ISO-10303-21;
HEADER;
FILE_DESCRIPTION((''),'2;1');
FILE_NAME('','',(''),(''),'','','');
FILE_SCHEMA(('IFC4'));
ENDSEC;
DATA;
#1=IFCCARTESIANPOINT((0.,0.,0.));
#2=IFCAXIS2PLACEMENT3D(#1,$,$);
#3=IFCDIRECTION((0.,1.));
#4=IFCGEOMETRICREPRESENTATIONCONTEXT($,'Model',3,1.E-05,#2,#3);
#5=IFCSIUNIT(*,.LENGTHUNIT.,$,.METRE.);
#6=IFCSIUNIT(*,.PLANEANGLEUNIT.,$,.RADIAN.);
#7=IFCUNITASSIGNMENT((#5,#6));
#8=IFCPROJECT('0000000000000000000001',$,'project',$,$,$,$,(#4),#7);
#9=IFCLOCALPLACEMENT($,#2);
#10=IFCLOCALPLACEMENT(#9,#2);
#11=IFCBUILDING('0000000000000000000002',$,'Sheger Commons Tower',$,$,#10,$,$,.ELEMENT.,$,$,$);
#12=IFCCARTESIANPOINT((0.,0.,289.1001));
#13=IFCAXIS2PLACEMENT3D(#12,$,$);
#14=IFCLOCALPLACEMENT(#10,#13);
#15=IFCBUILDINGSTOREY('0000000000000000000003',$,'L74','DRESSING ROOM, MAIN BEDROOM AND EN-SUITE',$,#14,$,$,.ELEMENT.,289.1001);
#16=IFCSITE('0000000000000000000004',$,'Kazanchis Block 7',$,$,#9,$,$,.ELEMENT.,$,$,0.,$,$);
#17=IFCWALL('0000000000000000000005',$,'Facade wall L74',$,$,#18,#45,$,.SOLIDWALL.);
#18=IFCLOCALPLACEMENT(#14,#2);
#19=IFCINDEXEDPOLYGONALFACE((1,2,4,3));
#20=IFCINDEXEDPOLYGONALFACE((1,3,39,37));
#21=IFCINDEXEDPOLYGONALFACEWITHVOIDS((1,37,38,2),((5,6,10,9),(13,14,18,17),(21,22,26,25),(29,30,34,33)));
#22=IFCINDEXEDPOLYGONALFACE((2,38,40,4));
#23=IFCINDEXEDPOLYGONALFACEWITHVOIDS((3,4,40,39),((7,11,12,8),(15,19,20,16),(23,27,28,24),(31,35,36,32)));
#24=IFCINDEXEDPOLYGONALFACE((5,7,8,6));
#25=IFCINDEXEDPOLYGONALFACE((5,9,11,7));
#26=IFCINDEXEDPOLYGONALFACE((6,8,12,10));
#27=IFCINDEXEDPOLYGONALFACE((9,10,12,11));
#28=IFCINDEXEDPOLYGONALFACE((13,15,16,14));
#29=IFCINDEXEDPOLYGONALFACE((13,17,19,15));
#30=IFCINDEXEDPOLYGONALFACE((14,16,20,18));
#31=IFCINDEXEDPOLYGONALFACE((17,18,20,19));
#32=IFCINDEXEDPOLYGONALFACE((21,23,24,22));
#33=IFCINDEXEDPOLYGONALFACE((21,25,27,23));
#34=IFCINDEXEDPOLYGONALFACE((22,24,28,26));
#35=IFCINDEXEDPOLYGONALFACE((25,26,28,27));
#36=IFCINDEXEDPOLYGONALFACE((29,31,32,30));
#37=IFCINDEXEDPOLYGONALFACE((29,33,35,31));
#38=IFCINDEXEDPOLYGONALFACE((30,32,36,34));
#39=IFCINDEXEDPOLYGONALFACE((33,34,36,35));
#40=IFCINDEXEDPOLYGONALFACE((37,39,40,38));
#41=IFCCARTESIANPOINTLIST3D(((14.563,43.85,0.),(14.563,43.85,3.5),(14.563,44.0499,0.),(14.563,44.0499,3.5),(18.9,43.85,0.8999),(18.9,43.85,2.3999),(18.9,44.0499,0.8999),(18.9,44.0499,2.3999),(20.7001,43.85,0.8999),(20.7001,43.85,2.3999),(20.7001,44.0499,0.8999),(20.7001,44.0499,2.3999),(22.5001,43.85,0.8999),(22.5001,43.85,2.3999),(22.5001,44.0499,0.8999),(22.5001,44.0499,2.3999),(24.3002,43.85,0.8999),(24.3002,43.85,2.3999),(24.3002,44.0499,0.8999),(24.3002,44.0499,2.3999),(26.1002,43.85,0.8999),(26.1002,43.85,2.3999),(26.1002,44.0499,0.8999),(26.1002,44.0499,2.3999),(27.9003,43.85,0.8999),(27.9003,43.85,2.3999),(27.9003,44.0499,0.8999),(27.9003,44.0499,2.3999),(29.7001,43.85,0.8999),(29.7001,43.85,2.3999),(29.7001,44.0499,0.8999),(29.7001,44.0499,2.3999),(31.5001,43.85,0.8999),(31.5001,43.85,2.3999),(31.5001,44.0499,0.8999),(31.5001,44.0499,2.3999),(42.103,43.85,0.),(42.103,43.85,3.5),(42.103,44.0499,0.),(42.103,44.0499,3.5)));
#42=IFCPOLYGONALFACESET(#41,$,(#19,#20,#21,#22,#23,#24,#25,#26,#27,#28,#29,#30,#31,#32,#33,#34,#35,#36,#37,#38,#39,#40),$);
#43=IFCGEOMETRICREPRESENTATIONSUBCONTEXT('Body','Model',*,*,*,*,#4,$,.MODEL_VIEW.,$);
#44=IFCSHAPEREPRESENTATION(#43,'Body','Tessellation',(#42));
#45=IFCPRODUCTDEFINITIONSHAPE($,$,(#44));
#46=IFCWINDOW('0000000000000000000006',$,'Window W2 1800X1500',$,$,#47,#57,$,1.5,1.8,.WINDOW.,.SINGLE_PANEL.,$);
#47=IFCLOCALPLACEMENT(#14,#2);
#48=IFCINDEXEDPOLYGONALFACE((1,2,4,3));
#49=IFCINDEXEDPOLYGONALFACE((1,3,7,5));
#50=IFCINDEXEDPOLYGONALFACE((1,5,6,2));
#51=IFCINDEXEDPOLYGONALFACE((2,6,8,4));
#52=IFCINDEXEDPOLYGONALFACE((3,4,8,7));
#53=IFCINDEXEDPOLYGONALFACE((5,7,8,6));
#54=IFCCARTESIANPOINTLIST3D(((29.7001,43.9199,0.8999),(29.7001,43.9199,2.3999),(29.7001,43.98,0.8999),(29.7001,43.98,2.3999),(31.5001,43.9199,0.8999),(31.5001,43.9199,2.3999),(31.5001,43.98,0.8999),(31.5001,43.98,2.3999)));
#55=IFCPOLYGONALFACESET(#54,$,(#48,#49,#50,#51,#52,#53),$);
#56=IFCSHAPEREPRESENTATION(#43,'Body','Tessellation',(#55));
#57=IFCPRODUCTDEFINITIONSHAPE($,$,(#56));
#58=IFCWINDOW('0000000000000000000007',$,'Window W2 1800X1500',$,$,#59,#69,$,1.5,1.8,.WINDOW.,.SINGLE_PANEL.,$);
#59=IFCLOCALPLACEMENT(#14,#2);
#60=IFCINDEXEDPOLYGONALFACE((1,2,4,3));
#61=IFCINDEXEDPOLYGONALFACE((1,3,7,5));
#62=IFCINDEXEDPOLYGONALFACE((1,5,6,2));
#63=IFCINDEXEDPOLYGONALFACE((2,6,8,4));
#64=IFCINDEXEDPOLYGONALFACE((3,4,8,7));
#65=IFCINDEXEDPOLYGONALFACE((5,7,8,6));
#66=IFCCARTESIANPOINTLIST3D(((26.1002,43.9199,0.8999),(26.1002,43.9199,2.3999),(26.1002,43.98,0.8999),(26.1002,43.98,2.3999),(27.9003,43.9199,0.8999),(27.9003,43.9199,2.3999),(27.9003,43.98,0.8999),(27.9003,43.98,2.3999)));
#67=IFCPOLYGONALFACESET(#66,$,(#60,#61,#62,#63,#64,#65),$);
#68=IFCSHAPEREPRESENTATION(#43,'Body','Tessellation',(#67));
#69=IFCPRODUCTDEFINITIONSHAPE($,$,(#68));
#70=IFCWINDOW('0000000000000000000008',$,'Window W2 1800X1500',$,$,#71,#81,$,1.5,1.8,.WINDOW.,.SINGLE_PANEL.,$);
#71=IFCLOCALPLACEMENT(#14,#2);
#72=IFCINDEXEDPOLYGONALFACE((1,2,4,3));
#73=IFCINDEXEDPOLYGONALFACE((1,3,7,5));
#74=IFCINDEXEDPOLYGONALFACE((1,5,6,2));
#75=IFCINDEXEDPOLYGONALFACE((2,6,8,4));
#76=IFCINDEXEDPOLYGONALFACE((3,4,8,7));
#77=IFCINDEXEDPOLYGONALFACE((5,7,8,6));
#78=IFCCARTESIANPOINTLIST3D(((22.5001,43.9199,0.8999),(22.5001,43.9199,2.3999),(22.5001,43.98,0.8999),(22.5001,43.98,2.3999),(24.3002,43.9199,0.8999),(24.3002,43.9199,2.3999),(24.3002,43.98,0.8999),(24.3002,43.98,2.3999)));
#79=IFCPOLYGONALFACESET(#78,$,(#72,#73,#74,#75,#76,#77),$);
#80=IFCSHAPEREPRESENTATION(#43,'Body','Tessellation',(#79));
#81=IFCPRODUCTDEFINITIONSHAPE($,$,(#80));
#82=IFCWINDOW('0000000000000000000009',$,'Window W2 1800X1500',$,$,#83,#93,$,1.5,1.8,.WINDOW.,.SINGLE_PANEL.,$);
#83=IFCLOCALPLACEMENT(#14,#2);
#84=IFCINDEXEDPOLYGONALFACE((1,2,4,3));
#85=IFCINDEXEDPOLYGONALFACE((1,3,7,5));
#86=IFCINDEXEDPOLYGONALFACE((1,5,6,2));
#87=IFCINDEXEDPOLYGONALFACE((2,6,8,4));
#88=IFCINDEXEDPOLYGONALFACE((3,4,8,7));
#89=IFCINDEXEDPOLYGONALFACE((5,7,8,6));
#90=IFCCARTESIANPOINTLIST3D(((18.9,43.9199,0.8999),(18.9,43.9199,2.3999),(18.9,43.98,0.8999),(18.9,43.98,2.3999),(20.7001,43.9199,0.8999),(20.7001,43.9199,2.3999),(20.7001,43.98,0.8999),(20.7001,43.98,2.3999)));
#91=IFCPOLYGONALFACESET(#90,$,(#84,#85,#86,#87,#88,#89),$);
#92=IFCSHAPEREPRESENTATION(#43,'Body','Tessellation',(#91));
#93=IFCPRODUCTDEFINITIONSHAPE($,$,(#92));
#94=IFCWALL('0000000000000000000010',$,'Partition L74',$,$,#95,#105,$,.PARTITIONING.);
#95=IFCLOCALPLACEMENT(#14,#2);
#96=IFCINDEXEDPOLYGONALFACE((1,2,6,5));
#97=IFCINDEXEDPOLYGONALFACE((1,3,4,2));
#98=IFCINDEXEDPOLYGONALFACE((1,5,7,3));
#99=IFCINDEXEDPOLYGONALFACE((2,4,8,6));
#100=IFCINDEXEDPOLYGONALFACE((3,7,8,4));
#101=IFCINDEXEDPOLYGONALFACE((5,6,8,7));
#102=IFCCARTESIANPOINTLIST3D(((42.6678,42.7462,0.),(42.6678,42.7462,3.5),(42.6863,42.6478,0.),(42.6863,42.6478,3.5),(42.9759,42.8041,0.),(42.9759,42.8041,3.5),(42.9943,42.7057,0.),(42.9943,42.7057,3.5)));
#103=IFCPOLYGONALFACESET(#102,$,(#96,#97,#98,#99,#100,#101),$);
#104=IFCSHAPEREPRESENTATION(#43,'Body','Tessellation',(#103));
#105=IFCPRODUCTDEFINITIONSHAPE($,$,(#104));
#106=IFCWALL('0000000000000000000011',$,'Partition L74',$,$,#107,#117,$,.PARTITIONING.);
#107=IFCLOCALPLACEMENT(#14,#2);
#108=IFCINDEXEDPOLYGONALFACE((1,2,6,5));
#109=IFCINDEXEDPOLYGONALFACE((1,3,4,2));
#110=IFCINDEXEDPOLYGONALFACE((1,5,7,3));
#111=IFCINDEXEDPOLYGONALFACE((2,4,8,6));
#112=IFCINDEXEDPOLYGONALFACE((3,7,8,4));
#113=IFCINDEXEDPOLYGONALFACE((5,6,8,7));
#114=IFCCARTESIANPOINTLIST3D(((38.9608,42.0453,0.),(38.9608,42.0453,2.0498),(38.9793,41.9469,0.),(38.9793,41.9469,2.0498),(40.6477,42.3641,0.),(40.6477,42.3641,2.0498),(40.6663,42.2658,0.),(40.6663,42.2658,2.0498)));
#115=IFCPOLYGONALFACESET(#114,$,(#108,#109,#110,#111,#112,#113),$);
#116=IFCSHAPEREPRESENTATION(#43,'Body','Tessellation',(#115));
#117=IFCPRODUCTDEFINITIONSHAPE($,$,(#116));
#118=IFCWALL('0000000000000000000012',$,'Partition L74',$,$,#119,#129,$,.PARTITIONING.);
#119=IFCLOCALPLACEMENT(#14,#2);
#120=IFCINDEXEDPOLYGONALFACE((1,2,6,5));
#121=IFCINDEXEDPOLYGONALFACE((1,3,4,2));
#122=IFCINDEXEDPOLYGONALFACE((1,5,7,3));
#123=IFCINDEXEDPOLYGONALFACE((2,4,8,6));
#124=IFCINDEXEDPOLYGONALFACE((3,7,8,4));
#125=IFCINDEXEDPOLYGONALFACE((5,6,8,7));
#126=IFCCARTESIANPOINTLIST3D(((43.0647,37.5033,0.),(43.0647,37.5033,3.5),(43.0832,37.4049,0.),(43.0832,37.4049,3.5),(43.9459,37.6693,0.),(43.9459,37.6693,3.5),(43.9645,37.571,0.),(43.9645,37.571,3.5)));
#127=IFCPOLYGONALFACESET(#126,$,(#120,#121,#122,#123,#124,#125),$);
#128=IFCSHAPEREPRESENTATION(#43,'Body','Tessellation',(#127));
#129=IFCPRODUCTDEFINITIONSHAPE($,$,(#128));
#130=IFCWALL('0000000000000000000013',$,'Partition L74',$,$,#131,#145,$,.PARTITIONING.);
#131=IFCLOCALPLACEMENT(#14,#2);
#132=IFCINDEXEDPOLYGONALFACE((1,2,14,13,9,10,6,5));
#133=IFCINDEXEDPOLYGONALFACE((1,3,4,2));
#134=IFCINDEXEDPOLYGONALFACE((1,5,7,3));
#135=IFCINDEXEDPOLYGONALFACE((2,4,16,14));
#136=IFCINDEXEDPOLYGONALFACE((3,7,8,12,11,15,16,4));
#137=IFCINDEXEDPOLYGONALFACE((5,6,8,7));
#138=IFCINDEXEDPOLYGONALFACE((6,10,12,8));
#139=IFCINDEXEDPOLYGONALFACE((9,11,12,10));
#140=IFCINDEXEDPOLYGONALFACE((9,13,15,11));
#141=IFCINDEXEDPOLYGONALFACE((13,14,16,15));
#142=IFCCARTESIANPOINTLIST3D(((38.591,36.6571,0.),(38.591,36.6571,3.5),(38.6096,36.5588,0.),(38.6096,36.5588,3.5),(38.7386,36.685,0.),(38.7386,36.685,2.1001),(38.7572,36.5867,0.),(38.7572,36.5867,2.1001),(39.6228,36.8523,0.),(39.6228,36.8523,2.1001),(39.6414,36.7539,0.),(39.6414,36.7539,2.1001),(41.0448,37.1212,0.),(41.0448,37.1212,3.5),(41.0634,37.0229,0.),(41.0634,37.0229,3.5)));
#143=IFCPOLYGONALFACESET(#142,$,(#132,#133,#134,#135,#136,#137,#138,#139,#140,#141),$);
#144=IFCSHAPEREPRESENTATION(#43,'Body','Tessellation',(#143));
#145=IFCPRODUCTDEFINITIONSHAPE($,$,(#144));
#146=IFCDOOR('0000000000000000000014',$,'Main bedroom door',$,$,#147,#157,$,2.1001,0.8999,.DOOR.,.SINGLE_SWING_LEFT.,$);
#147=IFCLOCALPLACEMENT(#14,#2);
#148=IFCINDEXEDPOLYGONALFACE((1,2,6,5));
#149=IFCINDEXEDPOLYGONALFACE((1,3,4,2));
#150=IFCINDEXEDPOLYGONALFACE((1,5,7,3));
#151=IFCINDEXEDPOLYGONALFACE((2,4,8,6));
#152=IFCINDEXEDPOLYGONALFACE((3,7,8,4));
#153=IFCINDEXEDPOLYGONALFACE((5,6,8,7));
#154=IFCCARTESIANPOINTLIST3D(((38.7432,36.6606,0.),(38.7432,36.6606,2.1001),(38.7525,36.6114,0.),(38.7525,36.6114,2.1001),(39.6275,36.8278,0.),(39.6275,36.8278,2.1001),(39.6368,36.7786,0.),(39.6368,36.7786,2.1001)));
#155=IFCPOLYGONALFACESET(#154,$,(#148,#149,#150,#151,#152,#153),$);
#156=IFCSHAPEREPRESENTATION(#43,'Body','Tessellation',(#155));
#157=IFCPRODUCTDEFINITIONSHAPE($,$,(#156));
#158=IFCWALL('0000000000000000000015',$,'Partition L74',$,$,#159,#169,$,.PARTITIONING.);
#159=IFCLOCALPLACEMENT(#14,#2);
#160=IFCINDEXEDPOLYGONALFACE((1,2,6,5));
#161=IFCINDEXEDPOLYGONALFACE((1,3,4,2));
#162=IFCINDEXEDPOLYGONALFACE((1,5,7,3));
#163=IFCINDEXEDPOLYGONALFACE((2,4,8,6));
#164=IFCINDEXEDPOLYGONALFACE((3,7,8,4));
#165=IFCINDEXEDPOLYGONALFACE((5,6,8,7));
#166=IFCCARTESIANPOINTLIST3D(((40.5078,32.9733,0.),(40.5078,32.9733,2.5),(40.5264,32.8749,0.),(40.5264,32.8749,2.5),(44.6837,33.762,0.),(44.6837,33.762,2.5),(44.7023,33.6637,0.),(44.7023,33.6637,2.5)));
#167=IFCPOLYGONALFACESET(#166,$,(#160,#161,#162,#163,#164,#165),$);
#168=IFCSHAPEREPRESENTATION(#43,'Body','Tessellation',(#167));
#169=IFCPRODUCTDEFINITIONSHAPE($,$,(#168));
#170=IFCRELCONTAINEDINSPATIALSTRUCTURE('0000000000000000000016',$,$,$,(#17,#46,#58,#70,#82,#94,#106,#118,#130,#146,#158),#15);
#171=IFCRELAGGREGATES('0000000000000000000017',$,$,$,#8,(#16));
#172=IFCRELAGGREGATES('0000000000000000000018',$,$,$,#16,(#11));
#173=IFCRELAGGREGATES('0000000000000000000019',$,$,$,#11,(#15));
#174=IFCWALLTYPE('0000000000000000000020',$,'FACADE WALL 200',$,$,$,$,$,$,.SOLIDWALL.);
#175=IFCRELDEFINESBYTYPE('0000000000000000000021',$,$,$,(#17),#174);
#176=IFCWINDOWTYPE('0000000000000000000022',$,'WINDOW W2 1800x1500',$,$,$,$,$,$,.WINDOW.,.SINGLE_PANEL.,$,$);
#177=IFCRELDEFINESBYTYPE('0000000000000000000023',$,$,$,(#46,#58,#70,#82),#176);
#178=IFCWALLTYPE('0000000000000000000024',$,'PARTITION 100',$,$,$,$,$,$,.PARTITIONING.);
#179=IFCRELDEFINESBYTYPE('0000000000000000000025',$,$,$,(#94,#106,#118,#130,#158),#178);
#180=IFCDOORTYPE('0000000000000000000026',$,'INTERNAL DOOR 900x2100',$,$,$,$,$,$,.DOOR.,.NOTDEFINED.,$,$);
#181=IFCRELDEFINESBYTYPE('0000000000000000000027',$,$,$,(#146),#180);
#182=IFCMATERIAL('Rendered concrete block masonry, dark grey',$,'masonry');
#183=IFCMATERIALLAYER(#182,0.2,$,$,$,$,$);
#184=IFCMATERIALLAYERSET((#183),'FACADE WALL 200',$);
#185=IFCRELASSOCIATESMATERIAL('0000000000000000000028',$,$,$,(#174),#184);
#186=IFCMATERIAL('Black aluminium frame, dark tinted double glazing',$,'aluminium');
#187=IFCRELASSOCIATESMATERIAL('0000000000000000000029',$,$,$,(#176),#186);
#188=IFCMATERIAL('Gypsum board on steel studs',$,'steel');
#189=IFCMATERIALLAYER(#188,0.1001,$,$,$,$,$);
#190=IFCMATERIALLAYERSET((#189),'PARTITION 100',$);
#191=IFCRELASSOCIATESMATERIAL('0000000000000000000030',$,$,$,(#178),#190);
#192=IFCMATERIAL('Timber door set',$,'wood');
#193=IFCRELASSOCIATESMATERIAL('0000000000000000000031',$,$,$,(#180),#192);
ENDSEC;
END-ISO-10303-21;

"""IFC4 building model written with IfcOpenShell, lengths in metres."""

from ifc_helpers import new_model, si_unit, direction, frame, frame_2d, origin, place, context, subcontext, project, spatial, rectangle, extrude, material, layer, layer_set, type_object, element, fill, save


model = new_model("IFC4")

# Units and contexts
model_context = context("Model", 3, precision=1e-05, world=origin(), true_north=direction((0.0, 1.0)))
body_context = subcontext(model_context, "Body", "Model", "MODEL_VIEW")
ifc_project = project(units=[si_unit("LENGTHUNIT", "METRE"), si_unit("PLANEANGLEUNIT", "RADIAN")], contexts=[model_context])

# Site, building, storey
site_placement = place(None, origin())
site = spatial("IfcSite", under=ifc_project, at=site_placement, Name="Kazanchis Block 7", CompositionType="ELEMENT", RefElevation=0.0)
building_placement = place(site_placement, origin())
building = spatial("IfcBuilding", under=site, at=building_placement, Name="Sheger Commons Tower", CompositionType="ELEMENT")
storey_placement = place(building_placement, frame((0.0, 0.0, 289.1001)))
storey = spatial("IfcBuildingStorey", under=building, at=storey_placement, Name="L74", Description="DRESSING ROOM, MAIN BEDROOM AND EN-SUITE", CompositionType="ELEMENT", Elevation=289.1001)

# Shared definitions
ifc_material_1 = material(Name="Rendered concrete block masonry, dark grey", Category="masonry")
ifc_layer_1 = layer(ifc_material_1, 0.2)
ifc_layer_set_1 = layer_set([ifc_layer_1], Name="FACADE WALL 200")
wall_type_1 = type_object("IfcWallType", Name="FACADE WALL 200", PredefinedType="SOLIDWALL", material=ifc_layer_set_1)

# Wall, openings, windows
wall_1_placement = place(storey_placement, frame((42.103, 43.95, 0.0), z_axis=(0.0, 0.0, 1.0), x_axis=(-1.0, 0.0, 0.0)))
wall_1 = element("IfcWall", 1, at=wall_1_placement, inside=storey, type_object=wall_type_1, Name="Facade wall L74", PredefinedType="SOLIDWALL", context=body_context, shape_type="SweptSolid", body=[
    extrude(rectangle(XDim=27.54, YDim=0.2, at=frame_2d((13.77, 0.0))), origin(), (0.0, 0.0, 1.0), 3.5),
])
opening_1_placement = place(wall_1_placement, frame((10.603, 0.0, 0.8999)))
opening_1 = element("IfcOpeningElement", 2, at=opening_1_placement, cuts=wall_1, PredefinedType="OPENING", context=body_context, shape_type="SweptSolid", body=[
    extrude(rectangle(XDim=1.8, YDim=1.5, at=frame_2d((0.8999, 0.75))), frame((0.0, 0.1099, 0.0), z_axis=(0.0, -1.0, 0.0), x_axis=(1.0, 0.0, 0.0)), (0.0, 0.0, 1.0), 0.22),
])
opening_2_placement = place(wall_1_placement, frame((14.2029, 0.0, 0.8999)))
opening_2 = element("IfcOpeningElement", 3, at=opening_2_placement, cuts=wall_1, PredefinedType="OPENING", context=body_context, shape_type="SweptSolid", body=[
    extrude(rectangle(XDim=1.8, YDim=1.5, at=frame_2d((0.8999, 0.75))), frame((0.0, 0.1099, 0.0), z_axis=(0.0, -1.0, 0.0), x_axis=(1.0, 0.0, 0.0)), (0.0, 0.0, 1.0), 0.22),
])
opening_3_placement = place(wall_1_placement, frame((17.803, 0.0, 0.8999)))
opening_3 = element("IfcOpeningElement", 4, at=opening_3_placement, cuts=wall_1, PredefinedType="OPENING", context=body_context, shape_type="SweptSolid", body=[
    extrude(rectangle(XDim=1.8, YDim=1.5, at=frame_2d((0.8999, 0.75))), frame((0.0, 0.1099, 0.0), z_axis=(0.0, -1.0, 0.0), x_axis=(1.0, 0.0, 0.0)), (0.0, 0.0, 1.0), 0.22),
])
opening_4_placement = place(wall_1_placement, frame((21.4031, 0.0, 0.8999)))
opening_4 = element("IfcOpeningElement", 5, at=opening_4_placement, cuts=wall_1, PredefinedType="OPENING", context=body_context, shape_type="SweptSolid", body=[
    extrude(rectangle(XDim=1.8, YDim=1.5, at=frame_2d((0.8999, 0.75))), frame((0.0, 0.1099, 0.0), z_axis=(0.0, -1.0, 0.0), x_axis=(1.0, 0.0, 0.0)), (0.0, 0.0, 1.0), 0.22),
])
ifc_material_2 = material(Name="Black aluminium frame, dark tinted double glazing", Category="aluminium")
window_type = type_object("IfcWindowType", Name="WINDOW W2 1800x1500", PartitioningType="SINGLE_PANEL", PredefinedType="WINDOW", material=ifc_material_2)
window_1_placement = place(opening_1_placement, origin())
window_1 = element("IfcWindow", 6, at=window_1_placement, inside=storey, type_object=window_type, Name="Window W2 1800X1500", OverallHeight=1.5, OverallWidth=1.8, PartitioningType="SINGLE_PANEL", PredefinedType="WINDOW", context=body_context, shape_type="SweptSolid", body=[
    extrude(rectangle(XDim=1.8, YDim=1.5, at=frame_2d((0.8999, 0.75))), frame((0.0, 0.03, 0.0), z_axis=(0.0, -1.0, 0.0), x_axis=(1.0, 0.0, 0.0)), (0.0, 0.0, 1.0), 0.0601),
])
fill(opening_1, window_1)
window_2_placement = place(opening_2_placement, origin())
window_2 = element("IfcWindow", 7, at=window_2_placement, inside=storey, type_object=window_type, Name="Window W2 1800X1500", OverallHeight=1.5, OverallWidth=1.8, PartitioningType="SINGLE_PANEL", PredefinedType="WINDOW", context=body_context, shape_type="SweptSolid", body=[
    extrude(rectangle(XDim=1.8, YDim=1.5, at=frame_2d((0.8999, 0.75))), frame((0.0, 0.03, 0.0), z_axis=(0.0, -1.0, 0.0), x_axis=(1.0, 0.0, 0.0)), (0.0, 0.0, 1.0), 0.0601),
])
fill(opening_2, window_2)
window_3_placement = place(opening_3_placement, origin())
window_3 = element("IfcWindow", 8, at=window_3_placement, inside=storey, type_object=window_type, Name="Window W2 1800X1500", OverallHeight=1.5, OverallWidth=1.8, PartitioningType="SINGLE_PANEL", PredefinedType="WINDOW", context=body_context, shape_type="SweptSolid", body=[
    extrude(rectangle(XDim=1.8, YDim=1.5, at=frame_2d((0.8999, 0.75))), frame((0.0, 0.03, 0.0), z_axis=(0.0, -1.0, 0.0), x_axis=(1.0, 0.0, 0.0)), (0.0, 0.0, 1.0), 0.0601),
])
fill(opening_3, window_3)
window_4_placement = place(opening_4_placement, origin())
window_4 = element("IfcWindow", 9, at=window_4_placement, inside=storey, type_object=window_type, Name="Window W2 1800X1500", OverallHeight=1.5, OverallWidth=1.8, PartitioningType="SINGLE_PANEL", PredefinedType="WINDOW", context=body_context, shape_type="SweptSolid", body=[
    extrude(rectangle(XDim=1.8, YDim=1.5, at=frame_2d((0.8999, 0.75))), frame((0.0, 0.03, 0.0), z_axis=(0.0, -1.0, 0.0), x_axis=(1.0, 0.0, 0.0)), (0.0, 0.0, 1.0), 0.0601),
])
fill(opening_4, window_4)

# Walls
ifc_material_3 = material(Name="Gypsum board on steel studs", Category="steel")
ifc_layer_2 = layer(ifc_material_3, 0.1001)
ifc_layer_set_2 = layer_set([ifc_layer_2], Name="PARTITION 100")
wall_type_2 = type_object("IfcWallType", Name="PARTITION 100", PredefinedType="PARTITIONING", material=ifc_layer_set_2)
wall_2_placement = place(storey_placement, frame((42.9851, 42.7549, 0.0), z_axis=(0.0, 0.0, 1.0), x_axis=(-0.982819, -0.184571, 0.0)))
element("IfcWall", 10, at=wall_2_placement, inside=storey, type_object=wall_type_2, Name="Partition L74", PredefinedType="PARTITIONING", context=body_context, shape_type="SweptSolid", body=[
    extrude(rectangle(XDim=0.3135, YDim=0.1001, at=frame_2d((0.1567, 0.0))), origin(), (0.0, 0.0, 1.0), 3.5),
])
wall_3_placement = place(storey_placement, frame((40.657, 42.3149, 0.0), z_axis=(0.0, 0.0, 1.0), x_axis=(-0.982604, -0.185714, 0.0)))
element("IfcWall", 11, at=wall_3_placement, inside=storey, type_object=wall_type_2, Name="Partition L74", PredefinedType="PARTITIONING", context=body_context, shape_type="SweptSolid", body=[
    extrude(rectangle(XDim=1.7168, YDim=0.1001, at=frame_2d((0.8584, 0.0))), origin(), (0.0, 0.0, 1.0), 2.0498),
])
wall_4_placement = place(storey_placement, frame((43.9551, 37.6201, 0.0), z_axis=(0.0, 0.0, 1.0), x_axis=(-0.982708, -0.18516, 0.0)))
element("IfcWall", 12, at=wall_4_placement, inside=storey, type_object=wall_type_2, Name="Partition L74", PredefinedType="PARTITIONING", context=body_context, shape_type="SweptSolid", body=[
    extrude(rectangle(XDim=0.8967, YDim=0.1001, at=frame_2d((0.4482, 0.0))), origin(), (0.0, 0.0, 1.0), 3.5),
])

# Wall, opening, door
wall_5_placement = place(storey_placement, frame((41.054, 37.072, 0.0), z_axis=(0.0, 0.0, 1.0), x_axis=(-0.98258, -0.185841, 0.0)))
wall_5 = element("IfcWall", 13, at=wall_5_placement, inside=storey, type_object=wall_type_2, Name="Partition L74", PredefinedType="PARTITIONING", context=body_context, shape_type="SweptSolid", body=[
    extrude(rectangle(XDim=2.4973, YDim=0.1001, at=frame_2d((1.2485, 0.0))), origin(), (0.0, 0.0, 1.0), 3.5),
])
opening_5_placement = place(wall_5_placement, frame((1.447, 0.0, 0.0)))
opening_5 = element("IfcOpeningElement", 14, at=opening_5_placement, cuts=wall_5, PredefinedType="OPENING", context=body_context, shape_type="SweptSolid", body=[
    extrude(rectangle(XDim=0.8999, YDim=2.1001, at=frame_2d((0.45, 1.05))), frame((0.0, 0.0601, 0.0), z_axis=(0.0, -1.0, 0.0), x_axis=(1.0, 0.0, 0.0)), (0.0, 0.0, 1.0), 0.1201),
])
ifc_material_4 = material(Name="Timber door set", Category="wood")
door_type = type_object("IfcDoorType", Name="INTERNAL DOOR 900x2100", OperationType="NOTDEFINED", PredefinedType="DOOR", material=ifc_material_4)
door_1_placement = place(opening_5_placement, origin())
door_1 = element("IfcDoor", 15, at=door_1_placement, inside=storey, type_object=door_type, Name="Main bedroom door", OperationType="SINGLE_SWING_LEFT", OverallHeight=2.1001, OverallWidth=0.8999, PredefinedType="DOOR", context=body_context, shape_type="SweptSolid", body=[
    extrude(rectangle(XDim=0.8999, YDim=2.1001, at=frame_2d((0.45, 1.05))), frame((0.0, 0.0249, 0.0), z_axis=(0.0, -1.0, 0.0), x_axis=(1.0, 0.0, 0.0)), (0.0, 0.0, 1.0), 0.05),
])
fill(opening_5, door_1)

# Wall
wall_6_placement = place(storey_placement, frame((44.6931, 33.7129, 0.0), z_axis=(0.0, 0.0, 1.0), x_axis=(-0.982624, -0.18561, 0.0)))
element("IfcWall", 16, at=wall_6_placement, inside=storey, type_object=wall_type_2, Name="Partition L74", PredefinedType="PARTITIONING", context=body_context, shape_type="SweptSolid", body=[
    extrude(rectangle(XDim=4.2498, YDim=0.1001, at=frame_2d((2.125, 0.0))), origin(), (0.0, 0.0, 1.0), 2.5),
])

save(model, "model.ifc")
